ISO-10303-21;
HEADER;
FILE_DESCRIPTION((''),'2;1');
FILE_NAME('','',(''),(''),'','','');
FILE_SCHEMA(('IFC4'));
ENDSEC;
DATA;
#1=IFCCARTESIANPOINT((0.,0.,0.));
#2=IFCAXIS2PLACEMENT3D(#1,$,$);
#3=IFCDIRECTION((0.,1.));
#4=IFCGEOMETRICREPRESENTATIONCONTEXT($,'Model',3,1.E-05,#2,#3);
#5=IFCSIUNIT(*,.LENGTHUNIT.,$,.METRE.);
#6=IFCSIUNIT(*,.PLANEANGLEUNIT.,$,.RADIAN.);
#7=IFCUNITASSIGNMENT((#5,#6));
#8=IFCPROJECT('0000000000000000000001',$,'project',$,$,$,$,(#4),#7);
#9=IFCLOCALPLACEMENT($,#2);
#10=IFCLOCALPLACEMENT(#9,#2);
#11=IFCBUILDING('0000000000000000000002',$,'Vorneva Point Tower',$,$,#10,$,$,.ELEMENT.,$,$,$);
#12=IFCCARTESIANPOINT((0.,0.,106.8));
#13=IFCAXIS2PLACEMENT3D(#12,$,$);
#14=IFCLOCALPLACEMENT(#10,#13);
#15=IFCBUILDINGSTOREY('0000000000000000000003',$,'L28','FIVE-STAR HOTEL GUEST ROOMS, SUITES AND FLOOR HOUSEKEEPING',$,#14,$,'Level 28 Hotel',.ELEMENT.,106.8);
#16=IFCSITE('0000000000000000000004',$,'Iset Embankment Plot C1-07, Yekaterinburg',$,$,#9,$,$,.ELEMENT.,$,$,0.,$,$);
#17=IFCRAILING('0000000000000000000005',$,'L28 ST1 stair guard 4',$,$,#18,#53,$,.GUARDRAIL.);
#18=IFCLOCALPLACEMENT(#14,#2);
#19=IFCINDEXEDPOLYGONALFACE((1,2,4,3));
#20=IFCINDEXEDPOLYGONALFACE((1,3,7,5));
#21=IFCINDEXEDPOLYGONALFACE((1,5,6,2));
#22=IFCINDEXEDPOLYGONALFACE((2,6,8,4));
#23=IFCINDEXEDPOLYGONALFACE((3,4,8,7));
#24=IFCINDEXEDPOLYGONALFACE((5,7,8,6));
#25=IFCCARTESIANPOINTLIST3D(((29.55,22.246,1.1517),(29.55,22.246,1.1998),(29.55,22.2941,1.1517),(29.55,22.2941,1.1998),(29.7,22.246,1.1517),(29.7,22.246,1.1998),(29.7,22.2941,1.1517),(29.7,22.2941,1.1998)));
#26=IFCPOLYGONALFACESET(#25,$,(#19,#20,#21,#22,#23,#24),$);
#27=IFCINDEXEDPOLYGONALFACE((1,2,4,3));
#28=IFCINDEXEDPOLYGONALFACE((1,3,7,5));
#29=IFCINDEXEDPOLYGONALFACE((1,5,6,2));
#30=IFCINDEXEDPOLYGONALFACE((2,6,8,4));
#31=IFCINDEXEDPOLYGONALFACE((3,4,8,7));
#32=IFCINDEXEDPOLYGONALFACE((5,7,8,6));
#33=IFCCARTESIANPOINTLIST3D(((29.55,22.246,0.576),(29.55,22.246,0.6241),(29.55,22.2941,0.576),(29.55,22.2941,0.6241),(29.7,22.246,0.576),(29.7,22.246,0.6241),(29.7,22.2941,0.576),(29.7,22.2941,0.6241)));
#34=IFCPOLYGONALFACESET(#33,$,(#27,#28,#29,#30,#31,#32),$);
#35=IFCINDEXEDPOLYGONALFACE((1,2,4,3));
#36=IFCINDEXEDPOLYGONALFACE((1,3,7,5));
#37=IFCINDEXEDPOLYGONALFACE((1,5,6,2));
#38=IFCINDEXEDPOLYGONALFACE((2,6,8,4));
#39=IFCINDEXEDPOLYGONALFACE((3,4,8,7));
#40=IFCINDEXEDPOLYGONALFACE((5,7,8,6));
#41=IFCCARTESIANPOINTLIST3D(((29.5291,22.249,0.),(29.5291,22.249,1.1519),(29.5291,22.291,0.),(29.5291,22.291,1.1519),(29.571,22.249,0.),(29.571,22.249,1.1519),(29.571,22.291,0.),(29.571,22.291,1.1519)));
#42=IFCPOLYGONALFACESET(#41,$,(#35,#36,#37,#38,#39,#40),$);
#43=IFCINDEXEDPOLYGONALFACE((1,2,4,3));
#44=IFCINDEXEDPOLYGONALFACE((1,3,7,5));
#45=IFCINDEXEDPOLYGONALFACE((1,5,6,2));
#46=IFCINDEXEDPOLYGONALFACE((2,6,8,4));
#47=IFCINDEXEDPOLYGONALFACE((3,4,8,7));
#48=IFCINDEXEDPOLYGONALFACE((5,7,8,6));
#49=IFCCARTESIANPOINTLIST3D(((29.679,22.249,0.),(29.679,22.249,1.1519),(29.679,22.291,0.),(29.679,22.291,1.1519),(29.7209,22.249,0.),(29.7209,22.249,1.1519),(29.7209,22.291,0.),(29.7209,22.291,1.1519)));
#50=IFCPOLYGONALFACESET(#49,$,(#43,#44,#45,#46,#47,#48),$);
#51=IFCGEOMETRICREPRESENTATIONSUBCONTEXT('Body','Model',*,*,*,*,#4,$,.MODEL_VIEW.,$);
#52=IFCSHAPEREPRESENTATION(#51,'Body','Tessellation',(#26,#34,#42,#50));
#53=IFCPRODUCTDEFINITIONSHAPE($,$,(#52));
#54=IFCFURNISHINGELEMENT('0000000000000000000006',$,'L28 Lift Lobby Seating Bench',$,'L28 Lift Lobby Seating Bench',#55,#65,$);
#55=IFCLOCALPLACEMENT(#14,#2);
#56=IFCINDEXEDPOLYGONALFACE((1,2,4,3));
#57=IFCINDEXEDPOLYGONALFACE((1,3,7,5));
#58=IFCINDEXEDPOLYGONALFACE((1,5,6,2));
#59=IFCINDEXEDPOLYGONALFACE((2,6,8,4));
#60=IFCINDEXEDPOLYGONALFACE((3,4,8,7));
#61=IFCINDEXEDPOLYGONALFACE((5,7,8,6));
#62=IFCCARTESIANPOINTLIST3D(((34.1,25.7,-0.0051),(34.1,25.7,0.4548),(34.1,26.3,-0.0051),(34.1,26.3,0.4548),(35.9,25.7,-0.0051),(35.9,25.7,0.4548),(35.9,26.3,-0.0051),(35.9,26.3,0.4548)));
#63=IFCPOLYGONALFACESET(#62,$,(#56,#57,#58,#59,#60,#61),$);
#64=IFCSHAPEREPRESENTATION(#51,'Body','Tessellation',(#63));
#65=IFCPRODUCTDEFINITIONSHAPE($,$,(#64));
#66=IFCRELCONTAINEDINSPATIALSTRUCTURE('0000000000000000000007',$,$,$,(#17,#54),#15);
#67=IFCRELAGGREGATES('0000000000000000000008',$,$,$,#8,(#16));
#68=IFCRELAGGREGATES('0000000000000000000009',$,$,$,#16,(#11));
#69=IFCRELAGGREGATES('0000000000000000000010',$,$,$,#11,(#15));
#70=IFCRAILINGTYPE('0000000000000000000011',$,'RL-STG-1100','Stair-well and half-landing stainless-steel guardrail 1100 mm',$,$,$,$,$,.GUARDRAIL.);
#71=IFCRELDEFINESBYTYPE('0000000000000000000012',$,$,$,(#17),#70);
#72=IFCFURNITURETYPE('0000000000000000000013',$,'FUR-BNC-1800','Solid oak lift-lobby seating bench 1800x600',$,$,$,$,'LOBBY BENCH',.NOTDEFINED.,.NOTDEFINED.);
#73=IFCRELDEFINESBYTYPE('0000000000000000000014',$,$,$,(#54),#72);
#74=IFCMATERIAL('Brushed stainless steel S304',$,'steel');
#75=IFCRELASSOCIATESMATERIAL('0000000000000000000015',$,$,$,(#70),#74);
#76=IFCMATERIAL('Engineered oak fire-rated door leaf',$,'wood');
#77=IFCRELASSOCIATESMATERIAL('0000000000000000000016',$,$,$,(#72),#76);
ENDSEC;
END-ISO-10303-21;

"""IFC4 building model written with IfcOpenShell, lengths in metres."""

from ifc_helpers import new_model, si_unit, direction, frame, origin, origin_2d, place, context, subcontext, project, spatial, rectangle, extrude, material, type_object, element, save


model = new_model("IFC4")

# Units and contexts
model_context = context("Model", 3, precision=1e-05, world=origin(), true_north=direction((0.0, 1.0)))
body_context = subcontext(model_context, "Body", "Model", "MODEL_VIEW")
ifc_project = project(units=[si_unit("LENGTHUNIT", "METRE"), si_unit("PLANEANGLEUNIT", "RADIAN")], contexts=[model_context])

# Site, building, storey
site_placement = place(None, origin())
site = spatial("IfcSite", under=ifc_project, at=site_placement, Name="Iset Embankment Plot C1-07, Yekaterinburg", CompositionType="ELEMENT", RefElevation=0.0)
building_placement = place(site_placement, origin())
building = spatial("IfcBuilding", under=site, at=building_placement, Name="Vorneva Point Tower", CompositionType="ELEMENT")
storey_placement = place(building_placement, frame((0.0, 0.0, 106.8)))
storey = spatial("IfcBuildingStorey", under=building, at=storey_placement, Name="L28", Description="FIVE-STAR HOTEL GUEST ROOMS, SUITES AND FLOOR HOUSEKEEPING", LongName="Level 28 Hotel", CompositionType="ELEMENT", Elevation=106.8)

# Railing
ifc_material_1 = material(Name="Brushed stainless steel S304", Category="steel")
railing_type_1 = type_object("IfcRailingType", Name="RL-STG-1100", Description="Stair-well and half-landing stainless-steel guardrail 1100 mm", PredefinedType="GUARDRAIL", material=ifc_material_1)
railing_1_placement = place(storey_placement, frame((29.55, 22.27, 0.0)))
element("IfcRailing", 1, at=railing_1_placement, inside=storey, type_object=railing_type_1, Name="L28 ST1 stair guard 4", PredefinedType="GUARDRAIL", context=body_context, shape_type="SweptSolid", body=[
    extrude(rectangle(XDim=0.0481, YDim=0.0481, at=origin_2d()), frame((0.0, 0.0, 1.1758), z_axis=(1.0, 0.0, 0.0), x_axis=(0.0, 1.0, 0.0)), (0.0, 0.0, 1.0), 0.1499),
    extrude(rectangle(XDim=0.0481, YDim=0.0481, at=origin_2d()), frame((0.0, 0.0, 0.6001), z_axis=(1.0, 0.0, 0.0), x_axis=(0.0, 1.0, 0.0)), (0.0, 0.0, 1.0), 0.1499),
    extrude(rectangle(XDim=0.042, YDim=0.042, at=origin_2d()), origin(), (0.0, 0.0, 1.0), 1.1519),
    extrude(rectangle(XDim=0.042, YDim=0.042, at=origin_2d()), frame((0.1499, 0.0, 0.0)), (0.0, 0.0, 1.0), 1.1519),
])

# Furnishing element
ifc_material_2 = material(Name="Engineered oak fire-rated door leaf", Category="wood")
furniture_type = type_object("IfcFurnitureType", Name="FUR-BNC-1800", Description="Solid oak lift-lobby seating bench 1800x600", ElementType="LOBBY BENCH", AssemblyPlace="NOTDEFINED", PredefinedType="NOTDEFINED", material=ifc_material_2)
furnishing_placement = place(storey_placement, frame((35.0, 26.0, -0.0051), z_axis=(0.0, 0.0, 1.0), x_axis=(1.0, 0.0, 0.0)))
element("IfcFurnishingElement", 2, at=furnishing_placement, inside=storey, type_object=furniture_type, Name="L28 Lift Lobby Seating Bench", ObjectType="L28 Lift Lobby Seating Bench", context=body_context, shape_type="SweptSolid", body=[
    extrude(rectangle(XDim=1.8, YDim=0.6001, at=origin_2d()), origin(), (0.0, 0.0, 1.0), 0.46),
])

save(model, "model.ifc")
